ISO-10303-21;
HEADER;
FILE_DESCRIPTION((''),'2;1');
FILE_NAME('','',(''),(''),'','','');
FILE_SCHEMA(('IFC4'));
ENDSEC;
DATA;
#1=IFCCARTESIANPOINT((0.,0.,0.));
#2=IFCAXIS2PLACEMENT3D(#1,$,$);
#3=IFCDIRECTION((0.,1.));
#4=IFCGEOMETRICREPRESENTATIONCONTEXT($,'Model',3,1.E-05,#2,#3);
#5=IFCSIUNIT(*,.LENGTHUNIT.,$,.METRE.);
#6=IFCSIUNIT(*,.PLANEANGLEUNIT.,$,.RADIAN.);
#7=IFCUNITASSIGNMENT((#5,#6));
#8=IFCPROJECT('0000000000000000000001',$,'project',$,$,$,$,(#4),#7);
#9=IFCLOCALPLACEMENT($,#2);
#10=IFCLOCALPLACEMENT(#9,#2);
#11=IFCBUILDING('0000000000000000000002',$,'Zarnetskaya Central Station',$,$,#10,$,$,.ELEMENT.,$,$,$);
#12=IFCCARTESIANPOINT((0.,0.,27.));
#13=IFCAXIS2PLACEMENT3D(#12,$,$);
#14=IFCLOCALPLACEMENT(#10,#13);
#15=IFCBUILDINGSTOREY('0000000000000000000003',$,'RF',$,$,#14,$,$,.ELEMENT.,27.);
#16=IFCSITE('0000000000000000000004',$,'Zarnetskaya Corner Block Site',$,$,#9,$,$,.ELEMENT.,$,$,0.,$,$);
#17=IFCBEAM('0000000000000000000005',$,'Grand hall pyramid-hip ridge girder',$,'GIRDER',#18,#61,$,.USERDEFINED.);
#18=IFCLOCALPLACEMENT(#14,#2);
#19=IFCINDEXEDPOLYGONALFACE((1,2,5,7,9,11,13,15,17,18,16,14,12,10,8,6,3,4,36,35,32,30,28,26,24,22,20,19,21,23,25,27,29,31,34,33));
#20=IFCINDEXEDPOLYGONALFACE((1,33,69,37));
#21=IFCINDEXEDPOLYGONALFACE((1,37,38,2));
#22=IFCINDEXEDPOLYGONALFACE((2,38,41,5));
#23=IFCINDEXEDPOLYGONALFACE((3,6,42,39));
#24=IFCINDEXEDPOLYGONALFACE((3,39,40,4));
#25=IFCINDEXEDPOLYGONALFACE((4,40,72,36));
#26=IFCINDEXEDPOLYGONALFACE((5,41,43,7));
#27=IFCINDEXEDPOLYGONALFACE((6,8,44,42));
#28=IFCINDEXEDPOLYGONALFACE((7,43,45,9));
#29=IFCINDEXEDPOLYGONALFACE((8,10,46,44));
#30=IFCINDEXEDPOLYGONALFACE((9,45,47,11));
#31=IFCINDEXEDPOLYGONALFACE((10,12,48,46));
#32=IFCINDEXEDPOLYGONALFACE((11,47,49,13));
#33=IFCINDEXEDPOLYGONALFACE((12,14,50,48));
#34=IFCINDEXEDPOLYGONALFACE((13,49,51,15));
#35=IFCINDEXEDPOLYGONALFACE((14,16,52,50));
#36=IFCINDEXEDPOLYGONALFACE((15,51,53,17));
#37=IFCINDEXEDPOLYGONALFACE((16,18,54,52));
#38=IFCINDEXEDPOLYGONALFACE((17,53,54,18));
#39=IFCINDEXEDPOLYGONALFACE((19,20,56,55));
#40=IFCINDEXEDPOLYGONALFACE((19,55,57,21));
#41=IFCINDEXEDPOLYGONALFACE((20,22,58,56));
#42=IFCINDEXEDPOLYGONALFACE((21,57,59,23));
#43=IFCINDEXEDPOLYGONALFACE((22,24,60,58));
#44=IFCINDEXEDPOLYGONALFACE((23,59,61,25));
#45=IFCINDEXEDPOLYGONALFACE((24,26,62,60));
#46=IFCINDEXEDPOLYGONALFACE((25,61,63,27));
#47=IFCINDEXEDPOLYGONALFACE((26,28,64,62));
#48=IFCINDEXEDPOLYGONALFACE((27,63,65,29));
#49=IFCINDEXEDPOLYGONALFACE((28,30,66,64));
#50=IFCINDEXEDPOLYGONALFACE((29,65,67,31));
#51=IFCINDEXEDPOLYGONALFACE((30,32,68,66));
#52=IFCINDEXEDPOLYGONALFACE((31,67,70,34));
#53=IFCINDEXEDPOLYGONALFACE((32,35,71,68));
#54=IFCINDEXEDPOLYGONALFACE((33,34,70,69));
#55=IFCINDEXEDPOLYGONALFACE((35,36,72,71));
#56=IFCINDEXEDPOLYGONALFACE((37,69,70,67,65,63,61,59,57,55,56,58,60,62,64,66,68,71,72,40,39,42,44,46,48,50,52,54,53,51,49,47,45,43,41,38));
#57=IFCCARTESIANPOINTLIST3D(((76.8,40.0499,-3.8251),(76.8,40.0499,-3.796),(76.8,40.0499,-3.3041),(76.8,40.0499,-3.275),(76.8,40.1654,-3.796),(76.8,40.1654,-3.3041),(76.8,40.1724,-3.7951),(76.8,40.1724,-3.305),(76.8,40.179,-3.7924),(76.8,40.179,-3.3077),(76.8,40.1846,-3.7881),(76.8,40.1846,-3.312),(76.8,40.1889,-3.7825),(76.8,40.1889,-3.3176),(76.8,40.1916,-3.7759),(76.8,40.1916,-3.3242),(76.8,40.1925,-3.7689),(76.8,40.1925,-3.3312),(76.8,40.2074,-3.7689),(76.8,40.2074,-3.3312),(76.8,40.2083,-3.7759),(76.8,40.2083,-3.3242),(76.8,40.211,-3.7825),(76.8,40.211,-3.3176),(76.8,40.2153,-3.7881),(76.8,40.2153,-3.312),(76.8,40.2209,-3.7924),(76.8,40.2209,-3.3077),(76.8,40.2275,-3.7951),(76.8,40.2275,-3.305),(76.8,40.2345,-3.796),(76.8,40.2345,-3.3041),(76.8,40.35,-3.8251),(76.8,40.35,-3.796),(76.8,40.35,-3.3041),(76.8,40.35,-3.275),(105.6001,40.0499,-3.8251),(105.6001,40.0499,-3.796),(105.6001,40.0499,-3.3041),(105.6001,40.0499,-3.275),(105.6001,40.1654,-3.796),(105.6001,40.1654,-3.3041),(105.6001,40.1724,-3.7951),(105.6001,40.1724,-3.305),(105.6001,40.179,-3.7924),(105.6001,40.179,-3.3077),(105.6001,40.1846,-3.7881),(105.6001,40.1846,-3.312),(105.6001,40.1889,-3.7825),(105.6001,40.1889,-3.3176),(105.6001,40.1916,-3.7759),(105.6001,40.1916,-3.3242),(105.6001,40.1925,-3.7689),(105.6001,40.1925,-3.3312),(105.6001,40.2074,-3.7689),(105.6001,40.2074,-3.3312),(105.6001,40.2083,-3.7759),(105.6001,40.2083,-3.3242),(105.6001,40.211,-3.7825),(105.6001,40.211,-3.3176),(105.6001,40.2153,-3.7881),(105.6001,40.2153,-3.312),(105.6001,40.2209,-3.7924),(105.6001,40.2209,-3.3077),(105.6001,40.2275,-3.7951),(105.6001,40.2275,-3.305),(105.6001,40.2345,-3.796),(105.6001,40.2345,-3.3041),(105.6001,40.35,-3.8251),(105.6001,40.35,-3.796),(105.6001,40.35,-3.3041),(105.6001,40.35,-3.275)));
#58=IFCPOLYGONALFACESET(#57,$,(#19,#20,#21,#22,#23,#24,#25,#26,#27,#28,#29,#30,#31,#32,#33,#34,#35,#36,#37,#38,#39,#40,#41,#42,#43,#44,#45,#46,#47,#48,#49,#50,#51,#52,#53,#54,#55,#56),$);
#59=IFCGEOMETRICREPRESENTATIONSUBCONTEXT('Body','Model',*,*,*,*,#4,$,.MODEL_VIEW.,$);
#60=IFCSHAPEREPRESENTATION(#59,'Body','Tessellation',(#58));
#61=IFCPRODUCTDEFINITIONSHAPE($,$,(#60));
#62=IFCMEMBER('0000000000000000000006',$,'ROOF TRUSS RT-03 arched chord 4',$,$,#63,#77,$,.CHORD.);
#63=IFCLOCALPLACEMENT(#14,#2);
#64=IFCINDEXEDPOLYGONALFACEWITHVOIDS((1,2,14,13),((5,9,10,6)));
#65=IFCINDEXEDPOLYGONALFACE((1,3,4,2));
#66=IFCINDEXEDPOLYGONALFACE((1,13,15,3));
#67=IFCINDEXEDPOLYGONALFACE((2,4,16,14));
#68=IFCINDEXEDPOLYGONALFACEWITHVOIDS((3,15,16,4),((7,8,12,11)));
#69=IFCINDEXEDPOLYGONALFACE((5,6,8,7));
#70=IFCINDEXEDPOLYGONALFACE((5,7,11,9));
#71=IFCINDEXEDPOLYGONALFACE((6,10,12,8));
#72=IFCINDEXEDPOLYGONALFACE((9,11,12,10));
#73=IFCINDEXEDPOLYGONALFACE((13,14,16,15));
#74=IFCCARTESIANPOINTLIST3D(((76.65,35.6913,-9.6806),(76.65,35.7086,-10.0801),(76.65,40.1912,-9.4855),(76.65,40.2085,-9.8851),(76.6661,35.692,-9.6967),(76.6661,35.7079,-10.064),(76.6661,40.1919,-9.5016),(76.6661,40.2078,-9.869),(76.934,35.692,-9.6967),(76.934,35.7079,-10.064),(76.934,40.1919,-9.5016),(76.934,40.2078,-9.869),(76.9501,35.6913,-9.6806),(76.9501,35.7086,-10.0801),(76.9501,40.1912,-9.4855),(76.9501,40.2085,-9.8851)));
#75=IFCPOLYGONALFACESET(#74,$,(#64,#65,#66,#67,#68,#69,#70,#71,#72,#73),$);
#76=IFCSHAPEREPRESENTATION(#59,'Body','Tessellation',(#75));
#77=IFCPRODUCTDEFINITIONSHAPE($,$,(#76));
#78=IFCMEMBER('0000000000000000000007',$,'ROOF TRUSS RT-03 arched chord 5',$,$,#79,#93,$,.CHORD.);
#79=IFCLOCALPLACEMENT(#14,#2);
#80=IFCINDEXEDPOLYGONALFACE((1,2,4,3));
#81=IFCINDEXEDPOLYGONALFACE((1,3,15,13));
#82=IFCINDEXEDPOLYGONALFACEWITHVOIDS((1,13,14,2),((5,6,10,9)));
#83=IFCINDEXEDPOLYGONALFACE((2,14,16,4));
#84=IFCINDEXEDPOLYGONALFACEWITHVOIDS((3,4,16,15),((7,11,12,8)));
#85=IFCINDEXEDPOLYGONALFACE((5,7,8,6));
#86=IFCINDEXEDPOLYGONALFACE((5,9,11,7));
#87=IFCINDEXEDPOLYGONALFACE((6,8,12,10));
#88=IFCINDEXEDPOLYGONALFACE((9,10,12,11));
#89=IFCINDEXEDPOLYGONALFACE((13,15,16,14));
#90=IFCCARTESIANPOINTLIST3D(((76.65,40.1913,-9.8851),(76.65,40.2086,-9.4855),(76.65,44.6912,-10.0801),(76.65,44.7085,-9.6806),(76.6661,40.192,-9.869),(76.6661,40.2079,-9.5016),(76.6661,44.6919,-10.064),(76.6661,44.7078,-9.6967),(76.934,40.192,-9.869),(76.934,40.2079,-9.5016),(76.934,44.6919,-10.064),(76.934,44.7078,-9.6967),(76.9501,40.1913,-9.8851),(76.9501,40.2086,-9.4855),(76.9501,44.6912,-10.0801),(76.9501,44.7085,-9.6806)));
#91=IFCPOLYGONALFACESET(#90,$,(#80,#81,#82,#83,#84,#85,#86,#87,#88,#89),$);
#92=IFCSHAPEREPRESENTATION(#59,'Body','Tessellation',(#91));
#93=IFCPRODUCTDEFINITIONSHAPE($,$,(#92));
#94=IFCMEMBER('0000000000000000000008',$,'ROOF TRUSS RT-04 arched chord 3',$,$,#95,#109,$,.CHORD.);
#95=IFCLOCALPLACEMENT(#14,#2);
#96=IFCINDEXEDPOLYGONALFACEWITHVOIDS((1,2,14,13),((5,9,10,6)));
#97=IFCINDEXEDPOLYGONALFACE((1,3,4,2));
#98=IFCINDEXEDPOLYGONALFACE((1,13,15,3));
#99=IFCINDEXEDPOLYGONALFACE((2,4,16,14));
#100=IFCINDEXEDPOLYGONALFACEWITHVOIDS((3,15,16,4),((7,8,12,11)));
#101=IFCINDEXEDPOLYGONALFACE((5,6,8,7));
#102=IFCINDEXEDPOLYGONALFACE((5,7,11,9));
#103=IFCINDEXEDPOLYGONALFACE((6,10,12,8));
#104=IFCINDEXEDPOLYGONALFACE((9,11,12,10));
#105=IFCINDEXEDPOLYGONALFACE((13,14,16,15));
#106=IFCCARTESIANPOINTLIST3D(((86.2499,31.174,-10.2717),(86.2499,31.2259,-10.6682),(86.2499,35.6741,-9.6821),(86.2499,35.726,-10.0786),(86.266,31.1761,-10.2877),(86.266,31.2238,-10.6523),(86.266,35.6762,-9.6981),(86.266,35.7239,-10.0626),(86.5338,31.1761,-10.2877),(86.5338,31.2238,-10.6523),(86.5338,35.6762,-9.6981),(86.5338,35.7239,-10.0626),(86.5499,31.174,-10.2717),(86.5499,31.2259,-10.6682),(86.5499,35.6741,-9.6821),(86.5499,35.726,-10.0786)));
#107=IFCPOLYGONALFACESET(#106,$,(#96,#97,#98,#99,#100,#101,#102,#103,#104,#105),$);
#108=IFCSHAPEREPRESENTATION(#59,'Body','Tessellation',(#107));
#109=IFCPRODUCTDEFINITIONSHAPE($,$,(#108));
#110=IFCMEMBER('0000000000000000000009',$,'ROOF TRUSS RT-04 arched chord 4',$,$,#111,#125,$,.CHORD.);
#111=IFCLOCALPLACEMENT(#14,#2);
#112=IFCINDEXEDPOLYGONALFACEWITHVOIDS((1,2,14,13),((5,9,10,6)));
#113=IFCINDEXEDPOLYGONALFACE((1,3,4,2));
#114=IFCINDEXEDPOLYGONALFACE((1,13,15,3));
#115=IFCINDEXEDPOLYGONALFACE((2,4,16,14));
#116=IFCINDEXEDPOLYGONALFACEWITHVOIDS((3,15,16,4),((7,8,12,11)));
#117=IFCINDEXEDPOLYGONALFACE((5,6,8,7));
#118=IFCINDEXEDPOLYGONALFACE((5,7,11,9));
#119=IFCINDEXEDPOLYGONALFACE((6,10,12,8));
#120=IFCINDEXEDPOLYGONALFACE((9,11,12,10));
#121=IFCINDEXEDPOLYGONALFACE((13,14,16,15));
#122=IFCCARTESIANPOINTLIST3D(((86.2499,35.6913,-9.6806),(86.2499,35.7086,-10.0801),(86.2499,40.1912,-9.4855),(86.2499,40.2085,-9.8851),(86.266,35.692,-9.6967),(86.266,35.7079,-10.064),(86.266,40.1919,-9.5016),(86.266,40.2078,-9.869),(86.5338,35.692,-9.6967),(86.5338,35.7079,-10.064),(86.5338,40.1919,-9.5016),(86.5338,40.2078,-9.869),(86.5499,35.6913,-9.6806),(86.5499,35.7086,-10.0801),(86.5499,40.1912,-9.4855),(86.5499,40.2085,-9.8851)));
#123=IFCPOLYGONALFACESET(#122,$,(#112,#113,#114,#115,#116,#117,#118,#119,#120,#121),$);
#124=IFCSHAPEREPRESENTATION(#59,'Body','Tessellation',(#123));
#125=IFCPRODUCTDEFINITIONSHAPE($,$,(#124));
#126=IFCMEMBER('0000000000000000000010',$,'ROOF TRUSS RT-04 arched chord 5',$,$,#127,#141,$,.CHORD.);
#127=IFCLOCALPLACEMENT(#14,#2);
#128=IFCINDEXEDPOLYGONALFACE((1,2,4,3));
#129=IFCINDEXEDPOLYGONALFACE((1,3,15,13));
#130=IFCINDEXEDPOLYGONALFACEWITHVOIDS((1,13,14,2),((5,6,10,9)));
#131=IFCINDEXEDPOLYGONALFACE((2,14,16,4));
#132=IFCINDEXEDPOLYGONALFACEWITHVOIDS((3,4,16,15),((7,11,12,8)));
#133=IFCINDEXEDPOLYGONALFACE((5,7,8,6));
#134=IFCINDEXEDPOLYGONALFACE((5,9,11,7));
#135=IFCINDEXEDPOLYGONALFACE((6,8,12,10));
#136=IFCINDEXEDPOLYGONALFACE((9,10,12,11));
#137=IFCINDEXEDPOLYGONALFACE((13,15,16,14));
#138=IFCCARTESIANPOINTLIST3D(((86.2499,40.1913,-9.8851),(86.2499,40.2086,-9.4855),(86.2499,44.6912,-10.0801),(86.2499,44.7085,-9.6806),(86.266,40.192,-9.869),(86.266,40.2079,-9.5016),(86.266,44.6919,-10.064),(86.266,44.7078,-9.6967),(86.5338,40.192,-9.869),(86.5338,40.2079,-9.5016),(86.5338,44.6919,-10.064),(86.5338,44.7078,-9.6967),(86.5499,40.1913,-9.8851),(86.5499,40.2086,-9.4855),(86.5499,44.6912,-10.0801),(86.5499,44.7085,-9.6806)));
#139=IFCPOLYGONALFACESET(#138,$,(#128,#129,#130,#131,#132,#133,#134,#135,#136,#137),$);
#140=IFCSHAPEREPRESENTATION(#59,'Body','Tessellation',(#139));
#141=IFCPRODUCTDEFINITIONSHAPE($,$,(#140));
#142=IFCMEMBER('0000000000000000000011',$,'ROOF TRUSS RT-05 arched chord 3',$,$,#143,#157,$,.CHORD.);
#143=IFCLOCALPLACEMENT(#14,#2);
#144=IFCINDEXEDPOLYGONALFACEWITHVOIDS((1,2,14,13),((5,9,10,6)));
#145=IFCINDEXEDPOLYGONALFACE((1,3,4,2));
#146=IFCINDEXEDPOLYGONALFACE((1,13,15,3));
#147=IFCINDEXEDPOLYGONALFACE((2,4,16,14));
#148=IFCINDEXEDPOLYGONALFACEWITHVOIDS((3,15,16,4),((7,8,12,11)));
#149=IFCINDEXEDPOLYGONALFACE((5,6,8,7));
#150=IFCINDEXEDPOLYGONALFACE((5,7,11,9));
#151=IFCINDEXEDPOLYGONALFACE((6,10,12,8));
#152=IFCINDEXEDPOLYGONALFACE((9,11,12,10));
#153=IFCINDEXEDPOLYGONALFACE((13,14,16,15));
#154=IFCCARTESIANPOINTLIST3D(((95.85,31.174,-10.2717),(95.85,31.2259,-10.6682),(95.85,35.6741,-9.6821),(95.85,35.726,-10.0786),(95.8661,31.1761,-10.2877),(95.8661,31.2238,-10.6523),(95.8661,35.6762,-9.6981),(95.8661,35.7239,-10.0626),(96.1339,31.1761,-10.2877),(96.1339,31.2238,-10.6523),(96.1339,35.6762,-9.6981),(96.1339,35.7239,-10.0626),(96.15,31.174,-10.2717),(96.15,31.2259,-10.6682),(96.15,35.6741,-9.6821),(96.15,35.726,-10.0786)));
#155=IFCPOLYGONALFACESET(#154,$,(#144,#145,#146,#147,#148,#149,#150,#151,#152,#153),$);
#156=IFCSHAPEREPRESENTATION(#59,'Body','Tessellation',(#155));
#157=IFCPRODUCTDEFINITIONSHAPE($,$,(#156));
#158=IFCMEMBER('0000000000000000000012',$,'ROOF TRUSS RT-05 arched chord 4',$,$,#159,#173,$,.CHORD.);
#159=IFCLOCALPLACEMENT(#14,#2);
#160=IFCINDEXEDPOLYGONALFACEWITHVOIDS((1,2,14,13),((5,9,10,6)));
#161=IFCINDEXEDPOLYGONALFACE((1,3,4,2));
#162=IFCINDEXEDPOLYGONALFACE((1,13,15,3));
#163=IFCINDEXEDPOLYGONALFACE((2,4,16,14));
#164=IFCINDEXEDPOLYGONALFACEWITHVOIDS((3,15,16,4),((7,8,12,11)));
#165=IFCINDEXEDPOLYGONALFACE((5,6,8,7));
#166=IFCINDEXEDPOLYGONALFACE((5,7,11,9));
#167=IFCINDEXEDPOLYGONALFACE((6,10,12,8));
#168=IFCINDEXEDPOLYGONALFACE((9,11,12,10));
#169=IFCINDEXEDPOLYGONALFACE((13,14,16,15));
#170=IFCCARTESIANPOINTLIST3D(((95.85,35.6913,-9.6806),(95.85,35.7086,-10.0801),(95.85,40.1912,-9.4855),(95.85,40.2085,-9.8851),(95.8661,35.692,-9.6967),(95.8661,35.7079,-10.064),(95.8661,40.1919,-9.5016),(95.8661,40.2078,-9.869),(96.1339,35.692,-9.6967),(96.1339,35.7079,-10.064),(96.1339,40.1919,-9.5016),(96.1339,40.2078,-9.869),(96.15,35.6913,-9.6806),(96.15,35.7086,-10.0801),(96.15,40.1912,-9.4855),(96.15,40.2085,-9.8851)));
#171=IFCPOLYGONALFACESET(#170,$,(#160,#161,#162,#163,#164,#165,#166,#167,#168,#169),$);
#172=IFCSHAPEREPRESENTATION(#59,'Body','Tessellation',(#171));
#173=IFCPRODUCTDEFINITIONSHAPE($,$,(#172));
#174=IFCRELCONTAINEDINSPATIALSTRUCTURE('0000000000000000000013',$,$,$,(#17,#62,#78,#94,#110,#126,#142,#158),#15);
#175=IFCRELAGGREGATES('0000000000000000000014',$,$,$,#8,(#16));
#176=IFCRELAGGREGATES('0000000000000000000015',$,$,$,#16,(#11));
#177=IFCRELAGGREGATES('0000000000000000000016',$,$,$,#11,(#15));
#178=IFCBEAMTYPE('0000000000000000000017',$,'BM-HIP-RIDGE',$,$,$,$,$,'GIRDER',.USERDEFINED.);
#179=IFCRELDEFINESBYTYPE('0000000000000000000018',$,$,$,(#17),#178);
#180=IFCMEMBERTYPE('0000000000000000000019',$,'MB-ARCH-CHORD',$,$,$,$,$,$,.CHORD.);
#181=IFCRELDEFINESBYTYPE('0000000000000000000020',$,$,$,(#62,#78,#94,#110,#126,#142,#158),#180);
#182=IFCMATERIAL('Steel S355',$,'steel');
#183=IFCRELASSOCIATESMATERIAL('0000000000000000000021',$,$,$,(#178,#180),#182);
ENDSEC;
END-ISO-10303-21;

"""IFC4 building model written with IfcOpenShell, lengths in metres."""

from ifc_helpers import new_model, si_unit, direction, frame, origin, origin_2d, place, context, subcontext, project, spatial, hollow_rectangle, i_section, extrude, material, material_profile, profile_set, type_object, element, save


model = new_model("IFC4")

# Units and contexts
model_context = context("Model", 3, precision=1e-05, world=origin(), true_north=direction((0.0, 1.0)))
body_context = subcontext(model_context, "Body", "Model", "MODEL_VIEW")
ifc_project = project(units=[si_unit("LENGTHUNIT", "METRE"), si_unit("PLANEANGLEUNIT", "RADIAN")], contexts=[model_context])

# Site, building, storey
site_placement = place(None, origin())
site = spatial("IfcSite", under=ifc_project, at=site_placement, Name="Zarnetskaya Corner Block Site", CompositionType="ELEMENT", RefElevation=0.0)
building_placement = place(site_placement, origin())
building = spatial("IfcBuilding", under=site, at=building_placement, Name="Zarnetskaya Central Station", CompositionType="ELEMENT")
storey_placement = place(building_placement, frame((0.0, 0.0, 27.0)))
storey = spatial("IfcBuildingStorey", under=building, at=storey_placement, Name="RF", CompositionType="ELEMENT", Elevation=27.0)

# Beam
ifc_material = material(Name="Steel S355", Category="steel")
ifc_material_profile_1 = material_profile(ifc_material, i_section(OverallWidth=0.3, OverallDepth=0.55, WebThickness=0.0149, FlangeThickness=0.0291, FilletRadius=0.0271, at=origin_2d()), Name="HEB 550")
ifc_profile_set_1 = profile_set([ifc_material_profile_1], Name="Steel S355")
beam_type = type_object("IfcBeamType", Name="BM-HIP-RIDGE", ElementType="GIRDER", PredefinedType="USERDEFINED", material=ifc_profile_set_1)
beam_placement = place(storey_placement, frame((76.8, 40.2, -3.55), z_axis=(1.0, 0.0, 0.0), x_axis=(0.0, 1.0, 0.0)))
element("IfcBeam", 1, at=beam_placement, inside=storey, type_object=beam_type, Name="Grand hall pyramid-hip ridge girder", ObjectType="GIRDER", PredefinedType="USERDEFINED", context=body_context, shape_type="SweptSolid", body=[
    extrude(i_section(OverallWidth=0.3, OverallDepth=0.55, WebThickness=0.0149, FlangeThickness=0.0291, FilletRadius=0.0271, at=origin_2d()), origin(), (0.0, 0.0, 1.0), 28.8),
])

# Members
ifc_material_profile_2 = material_profile(ifc_material, hollow_rectangle(XDim=0.3, YDim=0.3999, WallThickness=0.0161, at=origin_2d()), Name="RHS 400x300x16")
ifc_profile_set_2 = profile_set([ifc_material_profile_2], Name="Steel S355")
member_type_1 = type_object("IfcMemberType", Name="MB-ARCH-CHORD", PredefinedType="CHORD", material=ifc_profile_set_2)
for number, where, z_axis, x_axis, name in (
    (2, (76.8, 35.7, -9.8804), (0.0, 0.999062, 0.043308), (-1.0, 0.0, 0.0), "ROOF TRUSS RT-03 arched chord 4"),
    (3, (76.8, 40.2, -9.6853), (0.0, 0.999062, -0.043308), (-1.0, 0.0, 0.0), "ROOF TRUSS RT-03 arched chord 5"),
):
    element("IfcMember", number, at=place(storey_placement, frame(where, z_axis=z_axis, x_axis=x_axis)), inside=storey, type_object=member_type_1, Name=name, PredefinedType="CHORD", context=body_context, shape_type="SweptSolid", body=[
        extrude(hollow_rectangle(XDim=0.3, YDim=0.3999, WallThickness=0.0161, at=origin_2d()), origin(), (0.0, 0.0, 1.0), 4.5042),
    ])
member_1_placement = place(storey_placement, frame((86.3999, 31.2, -10.47), z_axis=(0.0, 0.991526, 0.129912), x_axis=(-1.0, 0.0, 0.0)))
element("IfcMember", 4, at=member_1_placement, inside=storey, type_object=member_type_1, Name="ROOF TRUSS RT-04 arched chord 3", PredefinedType="CHORD", context=body_context, shape_type="SweptSolid", body=[
    extrude(hollow_rectangle(XDim=0.3, YDim=0.3999, WallThickness=0.0161, at=origin_2d()), origin(), (0.0, 0.0, 1.0), 4.5386),
])
for number, where, z_axis, x_axis, name in (
    (5, (86.3999, 35.7, -9.8804), (0.0, 0.999062, 0.043308), (-1.0, 0.0, 0.0), "ROOF TRUSS RT-04 arched chord 4"),
    (6, (86.3999, 40.2, -9.6853), (0.0, 0.999062, -0.043308), (-1.0, 0.0, 0.0), "ROOF TRUSS RT-04 arched chord 5"),
):
    element("IfcMember", number, at=place(storey_placement, frame(where, z_axis=z_axis, x_axis=x_axis)), inside=storey, type_object=member_type_1, Name=name, PredefinedType="CHORD", context=body_context, shape_type="SweptSolid", body=[
        extrude(hollow_rectangle(XDim=0.3, YDim=0.3999, WallThickness=0.0161, at=origin_2d()), origin(), (0.0, 0.0, 1.0), 4.5042),
    ])
member_2_placement = place(storey_placement, frame((96.0, 31.2, -10.47), z_axis=(0.0, 0.991526, 0.129912), x_axis=(-1.0, 0.0, 0.0)))
element("IfcMember", 7, at=member_2_placement, inside=storey, type_object=member_type_1, Name="ROOF TRUSS RT-05 arched chord 3", PredefinedType="CHORD", context=body_context, shape_type="SweptSolid", body=[
    extrude(hollow_rectangle(XDim=0.3, YDim=0.3999, WallThickness=0.0161, at=origin_2d()), origin(), (0.0, 0.0, 1.0), 4.5386),
])
member_3_placement = place(storey_placement, frame((96.0, 35.7, -9.8804), z_axis=(0.0, 0.999062, 0.043308), x_axis=(-1.0, 0.0, 0.0)))
element("IfcMember", 8, at=member_3_placement, inside=storey, type_object=member_type_1, Name="ROOF TRUSS RT-05 arched chord 4", PredefinedType="CHORD", context=body_context, shape_type="SweptSolid", body=[
    extrude(hollow_rectangle(XDim=0.3, YDim=0.3999, WallThickness=0.0161, at=origin_2d()), origin(), (0.0, 0.0, 1.0), 4.5042),
])

save(model, "model.ifc")
